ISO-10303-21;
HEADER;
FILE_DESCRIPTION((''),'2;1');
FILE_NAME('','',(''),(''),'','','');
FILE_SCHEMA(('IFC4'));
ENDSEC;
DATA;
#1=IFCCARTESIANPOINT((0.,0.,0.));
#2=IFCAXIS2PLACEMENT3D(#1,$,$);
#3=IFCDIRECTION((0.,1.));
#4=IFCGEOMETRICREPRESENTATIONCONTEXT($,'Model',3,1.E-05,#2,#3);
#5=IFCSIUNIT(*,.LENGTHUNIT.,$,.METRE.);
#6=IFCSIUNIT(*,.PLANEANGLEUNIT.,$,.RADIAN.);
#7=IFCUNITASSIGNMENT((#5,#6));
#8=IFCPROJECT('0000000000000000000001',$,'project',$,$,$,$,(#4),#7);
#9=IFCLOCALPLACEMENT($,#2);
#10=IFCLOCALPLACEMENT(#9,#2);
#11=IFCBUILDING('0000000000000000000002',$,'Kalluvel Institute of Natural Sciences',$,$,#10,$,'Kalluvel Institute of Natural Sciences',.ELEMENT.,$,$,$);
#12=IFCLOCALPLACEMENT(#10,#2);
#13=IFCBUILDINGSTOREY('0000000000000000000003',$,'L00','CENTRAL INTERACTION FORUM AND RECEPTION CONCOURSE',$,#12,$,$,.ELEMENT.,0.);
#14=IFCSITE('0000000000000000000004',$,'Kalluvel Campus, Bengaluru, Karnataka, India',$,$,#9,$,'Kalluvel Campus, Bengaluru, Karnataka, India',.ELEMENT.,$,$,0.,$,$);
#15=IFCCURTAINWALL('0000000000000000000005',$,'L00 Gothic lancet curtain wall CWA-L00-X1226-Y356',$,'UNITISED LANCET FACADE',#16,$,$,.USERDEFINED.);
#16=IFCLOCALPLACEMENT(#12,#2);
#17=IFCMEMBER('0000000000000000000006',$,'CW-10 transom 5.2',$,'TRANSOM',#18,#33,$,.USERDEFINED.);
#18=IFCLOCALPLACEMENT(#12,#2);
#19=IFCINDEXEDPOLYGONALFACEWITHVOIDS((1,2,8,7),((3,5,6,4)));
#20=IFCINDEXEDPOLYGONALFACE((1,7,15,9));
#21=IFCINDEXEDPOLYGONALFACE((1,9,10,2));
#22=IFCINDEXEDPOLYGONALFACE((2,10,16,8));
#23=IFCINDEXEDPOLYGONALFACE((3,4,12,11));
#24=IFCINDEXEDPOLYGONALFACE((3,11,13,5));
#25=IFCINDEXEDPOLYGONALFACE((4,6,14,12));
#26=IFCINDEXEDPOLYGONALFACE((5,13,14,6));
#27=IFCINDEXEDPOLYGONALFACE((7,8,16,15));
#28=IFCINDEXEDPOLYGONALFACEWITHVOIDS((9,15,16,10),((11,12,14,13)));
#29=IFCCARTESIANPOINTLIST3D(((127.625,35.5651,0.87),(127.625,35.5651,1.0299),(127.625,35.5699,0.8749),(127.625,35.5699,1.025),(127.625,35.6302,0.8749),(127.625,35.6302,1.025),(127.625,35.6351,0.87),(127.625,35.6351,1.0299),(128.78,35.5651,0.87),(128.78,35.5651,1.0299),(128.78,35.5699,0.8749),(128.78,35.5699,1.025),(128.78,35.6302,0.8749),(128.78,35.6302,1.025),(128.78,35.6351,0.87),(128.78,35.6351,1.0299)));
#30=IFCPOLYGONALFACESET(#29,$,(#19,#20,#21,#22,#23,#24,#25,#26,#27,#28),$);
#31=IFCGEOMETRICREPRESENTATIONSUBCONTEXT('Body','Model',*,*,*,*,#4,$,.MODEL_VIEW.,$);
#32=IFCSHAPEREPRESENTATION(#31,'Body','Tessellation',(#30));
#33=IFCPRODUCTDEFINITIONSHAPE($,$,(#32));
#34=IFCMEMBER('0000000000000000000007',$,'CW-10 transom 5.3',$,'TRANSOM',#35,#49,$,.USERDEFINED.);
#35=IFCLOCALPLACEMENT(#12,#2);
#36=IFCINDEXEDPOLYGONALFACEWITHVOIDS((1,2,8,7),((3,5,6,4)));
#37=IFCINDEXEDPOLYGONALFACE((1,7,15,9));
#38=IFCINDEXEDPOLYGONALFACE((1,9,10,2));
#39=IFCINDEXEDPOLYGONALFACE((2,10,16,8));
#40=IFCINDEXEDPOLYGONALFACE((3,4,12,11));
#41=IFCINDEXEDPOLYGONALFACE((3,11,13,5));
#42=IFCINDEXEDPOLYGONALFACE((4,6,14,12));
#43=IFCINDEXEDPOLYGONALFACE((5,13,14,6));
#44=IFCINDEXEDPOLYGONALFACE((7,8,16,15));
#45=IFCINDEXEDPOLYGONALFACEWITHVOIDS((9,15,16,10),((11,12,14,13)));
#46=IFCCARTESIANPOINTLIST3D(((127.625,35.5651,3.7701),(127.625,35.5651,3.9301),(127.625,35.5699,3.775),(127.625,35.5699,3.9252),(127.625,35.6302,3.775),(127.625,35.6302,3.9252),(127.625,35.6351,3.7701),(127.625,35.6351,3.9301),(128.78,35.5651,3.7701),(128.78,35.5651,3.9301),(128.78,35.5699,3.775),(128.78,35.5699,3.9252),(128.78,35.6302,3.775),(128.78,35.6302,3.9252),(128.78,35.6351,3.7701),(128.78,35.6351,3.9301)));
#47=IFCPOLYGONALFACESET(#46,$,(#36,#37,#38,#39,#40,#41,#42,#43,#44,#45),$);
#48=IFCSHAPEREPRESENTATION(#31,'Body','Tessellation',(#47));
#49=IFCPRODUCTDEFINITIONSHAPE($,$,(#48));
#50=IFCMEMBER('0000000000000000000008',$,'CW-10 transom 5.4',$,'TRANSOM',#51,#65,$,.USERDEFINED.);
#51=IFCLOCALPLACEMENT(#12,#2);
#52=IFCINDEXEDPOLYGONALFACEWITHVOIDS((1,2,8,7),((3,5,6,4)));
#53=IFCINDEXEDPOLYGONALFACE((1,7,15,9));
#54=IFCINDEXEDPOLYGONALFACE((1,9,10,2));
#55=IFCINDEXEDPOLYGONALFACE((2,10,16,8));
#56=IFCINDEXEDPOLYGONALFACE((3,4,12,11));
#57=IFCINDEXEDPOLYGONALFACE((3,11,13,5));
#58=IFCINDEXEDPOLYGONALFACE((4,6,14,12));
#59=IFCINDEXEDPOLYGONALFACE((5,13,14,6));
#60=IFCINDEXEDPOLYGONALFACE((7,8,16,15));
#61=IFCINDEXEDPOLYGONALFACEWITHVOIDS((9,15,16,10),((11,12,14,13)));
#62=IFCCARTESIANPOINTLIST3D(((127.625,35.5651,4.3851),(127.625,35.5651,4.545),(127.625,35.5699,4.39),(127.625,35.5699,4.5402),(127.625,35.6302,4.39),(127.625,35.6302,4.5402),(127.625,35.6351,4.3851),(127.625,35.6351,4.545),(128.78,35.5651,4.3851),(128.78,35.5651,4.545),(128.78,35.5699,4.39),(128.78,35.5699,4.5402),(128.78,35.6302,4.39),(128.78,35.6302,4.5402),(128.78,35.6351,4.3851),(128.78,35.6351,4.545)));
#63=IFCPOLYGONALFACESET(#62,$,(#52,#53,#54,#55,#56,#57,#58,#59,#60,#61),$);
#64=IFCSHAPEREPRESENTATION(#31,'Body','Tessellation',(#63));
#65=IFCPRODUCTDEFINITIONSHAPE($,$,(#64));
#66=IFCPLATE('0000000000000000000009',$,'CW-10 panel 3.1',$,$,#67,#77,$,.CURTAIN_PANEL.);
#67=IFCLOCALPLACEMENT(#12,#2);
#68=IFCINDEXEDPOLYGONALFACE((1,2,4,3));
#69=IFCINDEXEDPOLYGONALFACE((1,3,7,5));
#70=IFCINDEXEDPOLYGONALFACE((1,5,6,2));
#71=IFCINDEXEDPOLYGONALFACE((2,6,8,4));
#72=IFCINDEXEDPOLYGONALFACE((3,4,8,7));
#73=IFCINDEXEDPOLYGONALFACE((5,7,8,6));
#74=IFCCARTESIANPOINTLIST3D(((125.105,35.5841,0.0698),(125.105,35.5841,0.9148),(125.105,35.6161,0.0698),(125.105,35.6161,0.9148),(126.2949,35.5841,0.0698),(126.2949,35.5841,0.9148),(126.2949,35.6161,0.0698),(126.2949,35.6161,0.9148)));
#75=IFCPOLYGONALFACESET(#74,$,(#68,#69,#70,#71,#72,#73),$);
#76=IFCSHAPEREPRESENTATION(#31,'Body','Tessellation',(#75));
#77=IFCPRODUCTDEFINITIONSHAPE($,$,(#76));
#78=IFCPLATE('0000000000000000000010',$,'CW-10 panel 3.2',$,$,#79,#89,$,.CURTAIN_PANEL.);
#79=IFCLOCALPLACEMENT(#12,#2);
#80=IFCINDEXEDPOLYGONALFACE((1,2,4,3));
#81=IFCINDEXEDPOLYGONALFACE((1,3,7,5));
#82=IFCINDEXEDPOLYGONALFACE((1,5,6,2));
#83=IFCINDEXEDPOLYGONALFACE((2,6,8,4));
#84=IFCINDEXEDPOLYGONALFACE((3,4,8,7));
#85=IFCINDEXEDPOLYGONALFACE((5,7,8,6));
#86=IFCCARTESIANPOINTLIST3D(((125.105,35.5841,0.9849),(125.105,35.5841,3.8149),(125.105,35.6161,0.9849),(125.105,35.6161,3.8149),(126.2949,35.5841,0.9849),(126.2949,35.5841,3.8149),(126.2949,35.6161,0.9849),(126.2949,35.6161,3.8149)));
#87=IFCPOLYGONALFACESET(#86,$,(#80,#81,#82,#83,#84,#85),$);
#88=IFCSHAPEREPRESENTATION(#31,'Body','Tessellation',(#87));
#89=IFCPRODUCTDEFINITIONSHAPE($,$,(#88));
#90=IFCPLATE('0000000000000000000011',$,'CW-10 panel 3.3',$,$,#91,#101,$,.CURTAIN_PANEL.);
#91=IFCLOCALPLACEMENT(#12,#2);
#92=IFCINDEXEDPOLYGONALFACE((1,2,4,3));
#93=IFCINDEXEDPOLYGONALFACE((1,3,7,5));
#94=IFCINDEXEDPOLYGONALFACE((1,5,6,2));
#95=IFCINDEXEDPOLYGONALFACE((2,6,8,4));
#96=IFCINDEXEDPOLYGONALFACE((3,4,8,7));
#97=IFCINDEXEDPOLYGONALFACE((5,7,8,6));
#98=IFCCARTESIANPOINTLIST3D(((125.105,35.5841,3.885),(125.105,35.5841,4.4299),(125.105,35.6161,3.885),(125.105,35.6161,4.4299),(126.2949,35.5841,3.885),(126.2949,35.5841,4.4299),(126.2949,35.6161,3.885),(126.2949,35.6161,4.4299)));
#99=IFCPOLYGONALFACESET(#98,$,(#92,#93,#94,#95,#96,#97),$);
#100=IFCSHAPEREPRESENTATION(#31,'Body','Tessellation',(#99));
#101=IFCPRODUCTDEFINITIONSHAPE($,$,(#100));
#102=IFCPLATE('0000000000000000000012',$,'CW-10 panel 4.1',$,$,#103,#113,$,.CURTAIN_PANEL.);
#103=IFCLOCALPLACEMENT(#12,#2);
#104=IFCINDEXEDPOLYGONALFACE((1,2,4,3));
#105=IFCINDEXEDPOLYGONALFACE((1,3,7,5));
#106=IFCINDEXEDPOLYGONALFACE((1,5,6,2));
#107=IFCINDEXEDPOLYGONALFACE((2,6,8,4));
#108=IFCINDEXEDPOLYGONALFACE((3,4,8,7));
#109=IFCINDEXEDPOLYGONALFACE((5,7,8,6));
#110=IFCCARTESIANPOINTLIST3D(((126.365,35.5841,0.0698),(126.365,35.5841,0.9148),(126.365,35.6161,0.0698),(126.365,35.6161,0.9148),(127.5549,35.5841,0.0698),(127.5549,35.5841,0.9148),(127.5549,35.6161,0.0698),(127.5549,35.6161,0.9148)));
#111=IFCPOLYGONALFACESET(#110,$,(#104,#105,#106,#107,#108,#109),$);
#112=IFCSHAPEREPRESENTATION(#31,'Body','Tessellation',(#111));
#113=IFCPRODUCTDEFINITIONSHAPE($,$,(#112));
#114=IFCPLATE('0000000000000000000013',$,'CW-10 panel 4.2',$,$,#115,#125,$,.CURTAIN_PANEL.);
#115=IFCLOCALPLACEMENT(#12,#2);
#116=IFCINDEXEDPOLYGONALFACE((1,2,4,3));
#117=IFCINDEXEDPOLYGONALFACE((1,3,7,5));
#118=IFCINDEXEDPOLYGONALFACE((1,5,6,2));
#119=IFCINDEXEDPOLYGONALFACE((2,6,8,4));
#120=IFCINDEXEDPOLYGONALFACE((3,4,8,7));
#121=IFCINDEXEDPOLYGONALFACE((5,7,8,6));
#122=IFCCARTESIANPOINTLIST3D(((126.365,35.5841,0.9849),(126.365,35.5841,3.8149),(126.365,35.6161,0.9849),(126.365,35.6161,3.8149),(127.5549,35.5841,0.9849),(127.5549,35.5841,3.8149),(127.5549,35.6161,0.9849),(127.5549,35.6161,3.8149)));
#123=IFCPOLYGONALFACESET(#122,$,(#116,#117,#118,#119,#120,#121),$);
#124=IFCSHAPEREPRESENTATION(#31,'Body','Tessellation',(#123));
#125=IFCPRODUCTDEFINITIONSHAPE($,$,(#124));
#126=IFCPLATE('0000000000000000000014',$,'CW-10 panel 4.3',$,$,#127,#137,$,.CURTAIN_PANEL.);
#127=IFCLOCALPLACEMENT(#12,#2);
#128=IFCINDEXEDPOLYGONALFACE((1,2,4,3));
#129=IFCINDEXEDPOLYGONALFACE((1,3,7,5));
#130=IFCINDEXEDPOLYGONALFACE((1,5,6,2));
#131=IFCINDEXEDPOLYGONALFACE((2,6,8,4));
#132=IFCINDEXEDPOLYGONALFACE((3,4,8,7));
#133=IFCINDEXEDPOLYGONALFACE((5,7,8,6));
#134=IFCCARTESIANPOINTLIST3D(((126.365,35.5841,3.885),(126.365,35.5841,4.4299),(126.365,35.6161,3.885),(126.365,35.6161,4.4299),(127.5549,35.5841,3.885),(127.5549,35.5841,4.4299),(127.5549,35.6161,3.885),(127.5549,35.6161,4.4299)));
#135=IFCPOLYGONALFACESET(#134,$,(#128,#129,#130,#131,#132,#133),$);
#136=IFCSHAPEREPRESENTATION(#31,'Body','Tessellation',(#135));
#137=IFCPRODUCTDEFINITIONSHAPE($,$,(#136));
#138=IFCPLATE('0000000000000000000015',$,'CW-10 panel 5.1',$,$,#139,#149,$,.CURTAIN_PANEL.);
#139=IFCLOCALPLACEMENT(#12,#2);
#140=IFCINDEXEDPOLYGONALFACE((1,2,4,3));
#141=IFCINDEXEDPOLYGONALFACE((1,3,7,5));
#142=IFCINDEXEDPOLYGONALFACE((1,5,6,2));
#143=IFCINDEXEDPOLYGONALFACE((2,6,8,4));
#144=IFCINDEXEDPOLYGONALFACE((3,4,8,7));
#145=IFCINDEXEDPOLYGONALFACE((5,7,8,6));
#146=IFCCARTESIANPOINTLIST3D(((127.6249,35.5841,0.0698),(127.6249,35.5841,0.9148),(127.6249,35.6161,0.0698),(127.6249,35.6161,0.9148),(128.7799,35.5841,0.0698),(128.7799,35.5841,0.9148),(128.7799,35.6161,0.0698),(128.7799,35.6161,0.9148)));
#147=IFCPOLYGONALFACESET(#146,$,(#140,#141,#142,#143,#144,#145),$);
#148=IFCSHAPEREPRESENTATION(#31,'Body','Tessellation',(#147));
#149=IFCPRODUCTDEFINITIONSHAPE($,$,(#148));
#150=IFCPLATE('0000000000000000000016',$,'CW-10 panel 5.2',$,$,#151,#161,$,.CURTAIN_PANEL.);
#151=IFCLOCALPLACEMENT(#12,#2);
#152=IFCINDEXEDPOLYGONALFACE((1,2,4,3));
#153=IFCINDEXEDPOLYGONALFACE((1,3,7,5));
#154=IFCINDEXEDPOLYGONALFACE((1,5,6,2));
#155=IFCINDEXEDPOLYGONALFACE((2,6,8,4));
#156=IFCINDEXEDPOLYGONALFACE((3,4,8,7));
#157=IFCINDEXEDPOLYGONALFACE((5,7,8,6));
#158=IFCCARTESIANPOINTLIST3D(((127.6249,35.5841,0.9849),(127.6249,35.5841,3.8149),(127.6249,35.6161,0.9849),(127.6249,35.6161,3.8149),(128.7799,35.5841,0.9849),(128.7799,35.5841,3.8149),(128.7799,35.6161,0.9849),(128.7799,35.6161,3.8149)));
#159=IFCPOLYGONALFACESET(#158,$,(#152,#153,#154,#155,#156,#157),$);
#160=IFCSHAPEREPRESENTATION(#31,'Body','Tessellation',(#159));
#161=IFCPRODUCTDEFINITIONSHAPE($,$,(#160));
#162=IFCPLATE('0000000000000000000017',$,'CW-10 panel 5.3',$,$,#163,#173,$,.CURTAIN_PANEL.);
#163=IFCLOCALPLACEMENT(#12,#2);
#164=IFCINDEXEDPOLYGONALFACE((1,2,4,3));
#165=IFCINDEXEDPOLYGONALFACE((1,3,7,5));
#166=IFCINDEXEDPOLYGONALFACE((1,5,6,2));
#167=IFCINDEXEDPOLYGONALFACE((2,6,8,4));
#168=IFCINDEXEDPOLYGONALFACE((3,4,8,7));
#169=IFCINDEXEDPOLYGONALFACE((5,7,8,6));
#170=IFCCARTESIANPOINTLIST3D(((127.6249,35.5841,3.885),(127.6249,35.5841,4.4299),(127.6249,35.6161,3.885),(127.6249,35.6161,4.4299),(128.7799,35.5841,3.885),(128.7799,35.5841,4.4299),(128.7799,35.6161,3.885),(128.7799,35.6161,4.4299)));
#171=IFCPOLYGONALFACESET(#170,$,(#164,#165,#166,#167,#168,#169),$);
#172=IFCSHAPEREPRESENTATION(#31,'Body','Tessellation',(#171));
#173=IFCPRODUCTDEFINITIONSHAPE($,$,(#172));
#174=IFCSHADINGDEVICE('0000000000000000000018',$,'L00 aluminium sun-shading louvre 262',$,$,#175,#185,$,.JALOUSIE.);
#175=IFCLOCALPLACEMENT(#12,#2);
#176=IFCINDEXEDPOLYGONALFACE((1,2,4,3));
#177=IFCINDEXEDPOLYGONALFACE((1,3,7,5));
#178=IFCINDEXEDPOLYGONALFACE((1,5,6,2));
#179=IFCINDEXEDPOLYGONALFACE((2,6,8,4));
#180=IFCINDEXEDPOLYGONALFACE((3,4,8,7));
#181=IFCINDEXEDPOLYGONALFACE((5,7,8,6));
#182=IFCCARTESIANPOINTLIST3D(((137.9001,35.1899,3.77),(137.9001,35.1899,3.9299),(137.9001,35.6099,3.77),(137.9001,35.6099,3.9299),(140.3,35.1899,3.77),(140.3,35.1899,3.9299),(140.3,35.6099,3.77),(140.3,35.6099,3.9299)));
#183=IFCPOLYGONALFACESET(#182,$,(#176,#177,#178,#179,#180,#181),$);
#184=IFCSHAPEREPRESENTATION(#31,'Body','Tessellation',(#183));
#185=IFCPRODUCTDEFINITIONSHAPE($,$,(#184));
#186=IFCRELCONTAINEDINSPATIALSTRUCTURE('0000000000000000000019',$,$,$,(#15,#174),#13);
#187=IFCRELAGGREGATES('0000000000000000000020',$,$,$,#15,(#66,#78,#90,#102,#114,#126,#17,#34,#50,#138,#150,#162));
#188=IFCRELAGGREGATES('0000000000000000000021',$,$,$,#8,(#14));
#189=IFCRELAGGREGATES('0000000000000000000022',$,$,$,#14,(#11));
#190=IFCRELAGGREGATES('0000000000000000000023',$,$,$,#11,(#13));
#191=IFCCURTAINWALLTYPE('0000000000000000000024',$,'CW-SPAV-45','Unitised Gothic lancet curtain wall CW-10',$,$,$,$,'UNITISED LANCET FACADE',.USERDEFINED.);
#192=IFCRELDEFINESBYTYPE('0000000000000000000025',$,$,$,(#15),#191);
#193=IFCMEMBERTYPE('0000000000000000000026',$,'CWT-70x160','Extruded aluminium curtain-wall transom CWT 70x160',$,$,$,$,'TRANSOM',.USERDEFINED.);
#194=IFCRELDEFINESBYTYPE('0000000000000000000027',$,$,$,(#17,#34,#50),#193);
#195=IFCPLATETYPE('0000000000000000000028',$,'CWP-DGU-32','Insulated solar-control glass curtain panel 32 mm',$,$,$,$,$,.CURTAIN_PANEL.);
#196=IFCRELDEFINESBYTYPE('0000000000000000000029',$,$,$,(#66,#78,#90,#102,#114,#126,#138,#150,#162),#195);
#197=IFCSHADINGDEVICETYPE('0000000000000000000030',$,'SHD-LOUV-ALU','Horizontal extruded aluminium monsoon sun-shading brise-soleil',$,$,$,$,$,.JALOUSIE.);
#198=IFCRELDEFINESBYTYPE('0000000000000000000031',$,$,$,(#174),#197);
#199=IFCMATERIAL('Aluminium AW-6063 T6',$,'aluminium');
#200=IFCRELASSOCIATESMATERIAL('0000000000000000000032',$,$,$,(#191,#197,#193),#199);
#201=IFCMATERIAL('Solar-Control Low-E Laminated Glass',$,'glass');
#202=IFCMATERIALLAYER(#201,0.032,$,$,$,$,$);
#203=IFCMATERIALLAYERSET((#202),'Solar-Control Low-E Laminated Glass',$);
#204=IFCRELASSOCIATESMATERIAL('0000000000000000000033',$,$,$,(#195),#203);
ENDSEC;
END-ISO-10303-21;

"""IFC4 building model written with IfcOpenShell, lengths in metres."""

from ifc_helpers import new_model, si_unit, direction, frame, origin, origin_2d, place, context, subcontext, project, spatial, rectangle, hollow_rectangle, extrude, material, layer, layer_set, material_profile, profile_set, type_object, element, aggregate, save


model = new_model("IFC4")

# Units and contexts
model_context = context("Model", 3, precision=1e-05, world=origin(), true_north=direction((0.0, 1.0)))
body_context = subcontext(model_context, "Body", "Model", "MODEL_VIEW")
ifc_project = project(units=[si_unit("LENGTHUNIT", "METRE"), si_unit("PLANEANGLEUNIT", "RADIAN")], contexts=[model_context])

# Site, building, storey
site_placement = place(None, origin())
site = spatial("IfcSite", under=ifc_project, at=site_placement, Name="Kalluvel Campus, Bengaluru, Karnataka, India", LongName="Kalluvel Campus, Bengaluru, Karnataka, India", CompositionType="ELEMENT", RefElevation=0.0)
building_placement = place(site_placement, origin())
building = spatial("IfcBuilding", under=site, at=building_placement, Name="Kalluvel Institute of Natural Sciences", LongName="Kalluvel Institute of Natural Sciences", CompositionType="ELEMENT")
storey_placement = place(building_placement, origin())
storey = spatial("IfcBuildingStorey", under=building, at=storey_placement, Name="L00", Description="CENTRAL INTERACTION FORUM AND RECEPTION CONCOURSE", CompositionType="ELEMENT", Elevation=0.0)

# Curtain wall, members, plates
ifc_material_1 = material(Name="Aluminium AW-6063 T6", Category="aluminium")
curtain_wall_type = type_object("IfcCurtainWallType", Name="CW-SPAV-45", Description="Unitised Gothic lancet curtain wall CW-10", ElementType="UNITISED LANCET FACADE", PredefinedType="USERDEFINED", material=ifc_material_1)
curtain_wall_placement = place(storey_placement, origin())
curtain_wall = element("IfcCurtainWall", 1, at=curtain_wall_placement, inside=storey, type_object=curtain_wall_type, Name="L00 Gothic lancet curtain wall CWA-L00-X1226-Y356", ObjectType="UNITISED LANCET FACADE", PredefinedType="USERDEFINED")
ifc_material_profile_1 = material_profile(ifc_material_1, hollow_rectangle(XDim=0.0701, YDim=0.1599, WallThickness=0.0049, at=origin_2d()), Name="CWT 70x160")
ifc_profile_set_1 = profile_set([ifc_material_profile_1], Name="Aluminium AW-6063 T6")
member_type_1 = type_object("IfcMemberType", Name="CWT-70x160", Description="Extruded aluminium curtain-wall transom CWT 70x160", ElementType="TRANSOM", PredefinedType="USERDEFINED", material=ifc_profile_set_1)
member_1_placement = place(storey_placement, frame((127.625, 35.6001, 0.95), z_axis=(1.0, 0.0, 0.0), x_axis=(0.0, 1.0, 0.0)))
member_1 = element("IfcMember", 2, at=member_1_placement, type_object=member_type_1, Name="CW-10 transom 5.2", ObjectType="TRANSOM", PredefinedType="USERDEFINED", context=body_context, shape_type="SweptSolid", body=[
    extrude(hollow_rectangle(XDim=0.0701, YDim=0.1599, WallThickness=0.0049, at=origin_2d()), origin(), (0.0, 0.0, 1.0), 1.155),
])
member_2_placement = place(storey_placement, frame((127.625, 35.6001, 3.8501), z_axis=(1.0, 0.0, 0.0), x_axis=(0.0, 1.0, 0.0)))
member_2 = element("IfcMember", 3, at=member_2_placement, type_object=member_type_1, Name="CW-10 transom 5.3", ObjectType="TRANSOM", PredefinedType="USERDEFINED", context=body_context, shape_type="SweptSolid", body=[
    extrude(hollow_rectangle(XDim=0.0701, YDim=0.1599, WallThickness=0.0049, at=origin_2d()), origin(), (0.0, 0.0, 1.0), 1.155),
])
member_3_placement = place(storey_placement, frame((127.625, 35.6001, 4.4651), z_axis=(1.0, 0.0, 0.0), x_axis=(0.0, 1.0, 0.0)))
member_3 = element("IfcMember", 4, at=member_3_placement, type_object=member_type_1, Name="CW-10 transom 5.4", ObjectType="TRANSOM", PredefinedType="USERDEFINED", context=body_context, shape_type="SweptSolid", body=[
    extrude(hollow_rectangle(XDim=0.0701, YDim=0.1599, WallThickness=0.0049, at=origin_2d()), origin(), (0.0, 0.0, 1.0), 1.155),
])
ifc_material_2 = material(Name="Solar-Control Low-E Laminated Glass", Category="glass")
ifc_layer = layer(ifc_material_2, 0.032)
ifc_layer_set = layer_set([ifc_layer], Name="Solar-Control Low-E Laminated Glass")
plate_type = type_object("IfcPlateType", Name="CWP-DGU-32", Description="Insulated solar-control glass curtain panel 32 mm", PredefinedType="CURTAIN_PANEL", material=ifc_layer_set)
plate_1_placement = place(storey_placement, frame((125.7, 35.6001, 0.0698), z_axis=(0.0, 0.0, 1.0), x_axis=(1.0, 0.0, 0.0)))
plate_1 = element("IfcPlate", 5, at=plate_1_placement, type_object=plate_type, Name="CW-10 panel 3.1", PredefinedType="CURTAIN_PANEL", context=body_context, shape_type="SweptSolid", body=[
    extrude(rectangle(XDim=1.1899, YDim=0.032, at=origin_2d()), origin(), (0.0, 0.0, 1.0), 0.845),
])
plate_2_placement = place(storey_placement, frame((125.7, 35.6001, 0.9849), z_axis=(0.0, 0.0, 1.0), x_axis=(1.0, 0.0, 0.0)))
plate_2 = element("IfcPlate", 6, at=plate_2_placement, type_object=plate_type, Name="CW-10 panel 3.2", PredefinedType="CURTAIN_PANEL", context=body_context, shape_type="SweptSolid", body=[
    extrude(rectangle(XDim=1.1899, YDim=0.032, at=origin_2d()), origin(), (0.0, 0.0, 1.0), 2.8301),
])
plate_3_placement = place(storey_placement, frame((125.7, 35.6001, 3.885), z_axis=(0.0, 0.0, 1.0), x_axis=(1.0, 0.0, 0.0)))
plate_3 = element("IfcPlate", 7, at=plate_3_placement, type_object=plate_type, Name="CW-10 panel 3.3", PredefinedType="CURTAIN_PANEL", context=body_context, shape_type="SweptSolid", body=[
    extrude(rectangle(XDim=1.1899, YDim=0.032, at=origin_2d()), origin(), (0.0, 0.0, 1.0), 0.5449),
])
plate_4_placement = place(storey_placement, frame((126.96, 35.6001, 0.0698), z_axis=(0.0, 0.0, 1.0), x_axis=(1.0, 0.0, 0.0)))
plate_4 = element("IfcPlate", 8, at=plate_4_placement, type_object=plate_type, Name="CW-10 panel 4.1", PredefinedType="CURTAIN_PANEL", context=body_context, shape_type="SweptSolid", body=[
    extrude(rectangle(XDim=1.1899, YDim=0.032, at=origin_2d()), origin(), (0.0, 0.0, 1.0), 0.845),
])
plate_5_placement = place(storey_placement, frame((126.96, 35.6001, 0.9849), z_axis=(0.0, 0.0, 1.0), x_axis=(1.0, 0.0, 0.0)))
plate_5 = element("IfcPlate", 9, at=plate_5_placement, type_object=plate_type, Name="CW-10 panel 4.2", PredefinedType="CURTAIN_PANEL", context=body_context, shape_type="SweptSolid", body=[
    extrude(rectangle(XDim=1.1899, YDim=0.032, at=origin_2d()), origin(), (0.0, 0.0, 1.0), 2.8301),
])
plate_6_placement = place(storey_placement, frame((126.96, 35.6001, 3.885), z_axis=(0.0, 0.0, 1.0), x_axis=(1.0, 0.0, 0.0)))
plate_6 = element("IfcPlate", 10, at=plate_6_placement, type_object=plate_type, Name="CW-10 panel 4.3", PredefinedType="CURTAIN_PANEL", context=body_context, shape_type="SweptSolid", body=[
    extrude(rectangle(XDim=1.1899, YDim=0.032, at=origin_2d()), origin(), (0.0, 0.0, 1.0), 0.5449),
])
plate_7_placement = place(storey_placement, frame((128.2024, 35.6001, 0.0698), z_axis=(0.0, 0.0, 1.0), x_axis=(1.0, 0.0, 0.0)))
plate_7 = element("IfcPlate", 11, at=plate_7_placement, type_object=plate_type, Name="CW-10 panel 5.1", PredefinedType="CURTAIN_PANEL", context=body_context, shape_type="SweptSolid", body=[
    extrude(rectangle(XDim=1.155, YDim=0.032, at=origin_2d()), origin(), (0.0, 0.0, 1.0), 0.845),
])
plate_8_placement = place(storey_placement, frame((128.2024, 35.6001, 0.9849), z_axis=(0.0, 0.0, 1.0), x_axis=(1.0, 0.0, 0.0)))
plate_8 = element("IfcPlate", 12, at=plate_8_placement, type_object=plate_type, Name="CW-10 panel 5.2", PredefinedType="CURTAIN_PANEL", context=body_context, shape_type="SweptSolid", body=[
    extrude(rectangle(XDim=1.155, YDim=0.032, at=origin_2d()), origin(), (0.0, 0.0, 1.0), 2.8301),
])
plate_9_placement = place(storey_placement, frame((128.2024, 35.6001, 3.885), z_axis=(0.0, 0.0, 1.0), x_axis=(1.0, 0.0, 0.0)))
plate_9 = element("IfcPlate", 13, at=plate_9_placement, type_object=plate_type, Name="CW-10 panel 5.3", PredefinedType="CURTAIN_PANEL", context=body_context, shape_type="SweptSolid", body=[
    extrude(rectangle(XDim=1.155, YDim=0.032, at=origin_2d()), origin(), (0.0, 0.0, 1.0), 0.5449),
])
aggregate(curtain_wall, [plate_1, plate_2, plate_3, plate_4, plate_5, plate_6, member_1, member_2, member_3, plate_7, plate_8, plate_9])

# Shading device
shading_device_type = type_object("IfcShadingDeviceType", Name="SHD-LOUV-ALU", Description="Horizontal extruded aluminium monsoon sun-shading brise-soleil", PredefinedType="JALOUSIE", material=ifc_material_1)
shading_device_placement = place(storey_placement, frame((139.1001, 35.3999, 3.77), z_axis=(0.0, 0.0, 1.0), x_axis=(1.0, 0.0, 0.0)))
element("IfcShadingDevice", 14, at=shading_device_placement, inside=storey, type_object=shading_device_type, Name="L00 aluminium sun-shading louvre 262", PredefinedType="JALOUSIE", context=body_context, shape_type="SweptSolid", body=[
    extrude(rectangle(XDim=2.3999, YDim=0.4199, at=origin_2d()), origin(), (0.0, 0.0, 1.0), 0.1599),
])

save(model, "model.ifc")
